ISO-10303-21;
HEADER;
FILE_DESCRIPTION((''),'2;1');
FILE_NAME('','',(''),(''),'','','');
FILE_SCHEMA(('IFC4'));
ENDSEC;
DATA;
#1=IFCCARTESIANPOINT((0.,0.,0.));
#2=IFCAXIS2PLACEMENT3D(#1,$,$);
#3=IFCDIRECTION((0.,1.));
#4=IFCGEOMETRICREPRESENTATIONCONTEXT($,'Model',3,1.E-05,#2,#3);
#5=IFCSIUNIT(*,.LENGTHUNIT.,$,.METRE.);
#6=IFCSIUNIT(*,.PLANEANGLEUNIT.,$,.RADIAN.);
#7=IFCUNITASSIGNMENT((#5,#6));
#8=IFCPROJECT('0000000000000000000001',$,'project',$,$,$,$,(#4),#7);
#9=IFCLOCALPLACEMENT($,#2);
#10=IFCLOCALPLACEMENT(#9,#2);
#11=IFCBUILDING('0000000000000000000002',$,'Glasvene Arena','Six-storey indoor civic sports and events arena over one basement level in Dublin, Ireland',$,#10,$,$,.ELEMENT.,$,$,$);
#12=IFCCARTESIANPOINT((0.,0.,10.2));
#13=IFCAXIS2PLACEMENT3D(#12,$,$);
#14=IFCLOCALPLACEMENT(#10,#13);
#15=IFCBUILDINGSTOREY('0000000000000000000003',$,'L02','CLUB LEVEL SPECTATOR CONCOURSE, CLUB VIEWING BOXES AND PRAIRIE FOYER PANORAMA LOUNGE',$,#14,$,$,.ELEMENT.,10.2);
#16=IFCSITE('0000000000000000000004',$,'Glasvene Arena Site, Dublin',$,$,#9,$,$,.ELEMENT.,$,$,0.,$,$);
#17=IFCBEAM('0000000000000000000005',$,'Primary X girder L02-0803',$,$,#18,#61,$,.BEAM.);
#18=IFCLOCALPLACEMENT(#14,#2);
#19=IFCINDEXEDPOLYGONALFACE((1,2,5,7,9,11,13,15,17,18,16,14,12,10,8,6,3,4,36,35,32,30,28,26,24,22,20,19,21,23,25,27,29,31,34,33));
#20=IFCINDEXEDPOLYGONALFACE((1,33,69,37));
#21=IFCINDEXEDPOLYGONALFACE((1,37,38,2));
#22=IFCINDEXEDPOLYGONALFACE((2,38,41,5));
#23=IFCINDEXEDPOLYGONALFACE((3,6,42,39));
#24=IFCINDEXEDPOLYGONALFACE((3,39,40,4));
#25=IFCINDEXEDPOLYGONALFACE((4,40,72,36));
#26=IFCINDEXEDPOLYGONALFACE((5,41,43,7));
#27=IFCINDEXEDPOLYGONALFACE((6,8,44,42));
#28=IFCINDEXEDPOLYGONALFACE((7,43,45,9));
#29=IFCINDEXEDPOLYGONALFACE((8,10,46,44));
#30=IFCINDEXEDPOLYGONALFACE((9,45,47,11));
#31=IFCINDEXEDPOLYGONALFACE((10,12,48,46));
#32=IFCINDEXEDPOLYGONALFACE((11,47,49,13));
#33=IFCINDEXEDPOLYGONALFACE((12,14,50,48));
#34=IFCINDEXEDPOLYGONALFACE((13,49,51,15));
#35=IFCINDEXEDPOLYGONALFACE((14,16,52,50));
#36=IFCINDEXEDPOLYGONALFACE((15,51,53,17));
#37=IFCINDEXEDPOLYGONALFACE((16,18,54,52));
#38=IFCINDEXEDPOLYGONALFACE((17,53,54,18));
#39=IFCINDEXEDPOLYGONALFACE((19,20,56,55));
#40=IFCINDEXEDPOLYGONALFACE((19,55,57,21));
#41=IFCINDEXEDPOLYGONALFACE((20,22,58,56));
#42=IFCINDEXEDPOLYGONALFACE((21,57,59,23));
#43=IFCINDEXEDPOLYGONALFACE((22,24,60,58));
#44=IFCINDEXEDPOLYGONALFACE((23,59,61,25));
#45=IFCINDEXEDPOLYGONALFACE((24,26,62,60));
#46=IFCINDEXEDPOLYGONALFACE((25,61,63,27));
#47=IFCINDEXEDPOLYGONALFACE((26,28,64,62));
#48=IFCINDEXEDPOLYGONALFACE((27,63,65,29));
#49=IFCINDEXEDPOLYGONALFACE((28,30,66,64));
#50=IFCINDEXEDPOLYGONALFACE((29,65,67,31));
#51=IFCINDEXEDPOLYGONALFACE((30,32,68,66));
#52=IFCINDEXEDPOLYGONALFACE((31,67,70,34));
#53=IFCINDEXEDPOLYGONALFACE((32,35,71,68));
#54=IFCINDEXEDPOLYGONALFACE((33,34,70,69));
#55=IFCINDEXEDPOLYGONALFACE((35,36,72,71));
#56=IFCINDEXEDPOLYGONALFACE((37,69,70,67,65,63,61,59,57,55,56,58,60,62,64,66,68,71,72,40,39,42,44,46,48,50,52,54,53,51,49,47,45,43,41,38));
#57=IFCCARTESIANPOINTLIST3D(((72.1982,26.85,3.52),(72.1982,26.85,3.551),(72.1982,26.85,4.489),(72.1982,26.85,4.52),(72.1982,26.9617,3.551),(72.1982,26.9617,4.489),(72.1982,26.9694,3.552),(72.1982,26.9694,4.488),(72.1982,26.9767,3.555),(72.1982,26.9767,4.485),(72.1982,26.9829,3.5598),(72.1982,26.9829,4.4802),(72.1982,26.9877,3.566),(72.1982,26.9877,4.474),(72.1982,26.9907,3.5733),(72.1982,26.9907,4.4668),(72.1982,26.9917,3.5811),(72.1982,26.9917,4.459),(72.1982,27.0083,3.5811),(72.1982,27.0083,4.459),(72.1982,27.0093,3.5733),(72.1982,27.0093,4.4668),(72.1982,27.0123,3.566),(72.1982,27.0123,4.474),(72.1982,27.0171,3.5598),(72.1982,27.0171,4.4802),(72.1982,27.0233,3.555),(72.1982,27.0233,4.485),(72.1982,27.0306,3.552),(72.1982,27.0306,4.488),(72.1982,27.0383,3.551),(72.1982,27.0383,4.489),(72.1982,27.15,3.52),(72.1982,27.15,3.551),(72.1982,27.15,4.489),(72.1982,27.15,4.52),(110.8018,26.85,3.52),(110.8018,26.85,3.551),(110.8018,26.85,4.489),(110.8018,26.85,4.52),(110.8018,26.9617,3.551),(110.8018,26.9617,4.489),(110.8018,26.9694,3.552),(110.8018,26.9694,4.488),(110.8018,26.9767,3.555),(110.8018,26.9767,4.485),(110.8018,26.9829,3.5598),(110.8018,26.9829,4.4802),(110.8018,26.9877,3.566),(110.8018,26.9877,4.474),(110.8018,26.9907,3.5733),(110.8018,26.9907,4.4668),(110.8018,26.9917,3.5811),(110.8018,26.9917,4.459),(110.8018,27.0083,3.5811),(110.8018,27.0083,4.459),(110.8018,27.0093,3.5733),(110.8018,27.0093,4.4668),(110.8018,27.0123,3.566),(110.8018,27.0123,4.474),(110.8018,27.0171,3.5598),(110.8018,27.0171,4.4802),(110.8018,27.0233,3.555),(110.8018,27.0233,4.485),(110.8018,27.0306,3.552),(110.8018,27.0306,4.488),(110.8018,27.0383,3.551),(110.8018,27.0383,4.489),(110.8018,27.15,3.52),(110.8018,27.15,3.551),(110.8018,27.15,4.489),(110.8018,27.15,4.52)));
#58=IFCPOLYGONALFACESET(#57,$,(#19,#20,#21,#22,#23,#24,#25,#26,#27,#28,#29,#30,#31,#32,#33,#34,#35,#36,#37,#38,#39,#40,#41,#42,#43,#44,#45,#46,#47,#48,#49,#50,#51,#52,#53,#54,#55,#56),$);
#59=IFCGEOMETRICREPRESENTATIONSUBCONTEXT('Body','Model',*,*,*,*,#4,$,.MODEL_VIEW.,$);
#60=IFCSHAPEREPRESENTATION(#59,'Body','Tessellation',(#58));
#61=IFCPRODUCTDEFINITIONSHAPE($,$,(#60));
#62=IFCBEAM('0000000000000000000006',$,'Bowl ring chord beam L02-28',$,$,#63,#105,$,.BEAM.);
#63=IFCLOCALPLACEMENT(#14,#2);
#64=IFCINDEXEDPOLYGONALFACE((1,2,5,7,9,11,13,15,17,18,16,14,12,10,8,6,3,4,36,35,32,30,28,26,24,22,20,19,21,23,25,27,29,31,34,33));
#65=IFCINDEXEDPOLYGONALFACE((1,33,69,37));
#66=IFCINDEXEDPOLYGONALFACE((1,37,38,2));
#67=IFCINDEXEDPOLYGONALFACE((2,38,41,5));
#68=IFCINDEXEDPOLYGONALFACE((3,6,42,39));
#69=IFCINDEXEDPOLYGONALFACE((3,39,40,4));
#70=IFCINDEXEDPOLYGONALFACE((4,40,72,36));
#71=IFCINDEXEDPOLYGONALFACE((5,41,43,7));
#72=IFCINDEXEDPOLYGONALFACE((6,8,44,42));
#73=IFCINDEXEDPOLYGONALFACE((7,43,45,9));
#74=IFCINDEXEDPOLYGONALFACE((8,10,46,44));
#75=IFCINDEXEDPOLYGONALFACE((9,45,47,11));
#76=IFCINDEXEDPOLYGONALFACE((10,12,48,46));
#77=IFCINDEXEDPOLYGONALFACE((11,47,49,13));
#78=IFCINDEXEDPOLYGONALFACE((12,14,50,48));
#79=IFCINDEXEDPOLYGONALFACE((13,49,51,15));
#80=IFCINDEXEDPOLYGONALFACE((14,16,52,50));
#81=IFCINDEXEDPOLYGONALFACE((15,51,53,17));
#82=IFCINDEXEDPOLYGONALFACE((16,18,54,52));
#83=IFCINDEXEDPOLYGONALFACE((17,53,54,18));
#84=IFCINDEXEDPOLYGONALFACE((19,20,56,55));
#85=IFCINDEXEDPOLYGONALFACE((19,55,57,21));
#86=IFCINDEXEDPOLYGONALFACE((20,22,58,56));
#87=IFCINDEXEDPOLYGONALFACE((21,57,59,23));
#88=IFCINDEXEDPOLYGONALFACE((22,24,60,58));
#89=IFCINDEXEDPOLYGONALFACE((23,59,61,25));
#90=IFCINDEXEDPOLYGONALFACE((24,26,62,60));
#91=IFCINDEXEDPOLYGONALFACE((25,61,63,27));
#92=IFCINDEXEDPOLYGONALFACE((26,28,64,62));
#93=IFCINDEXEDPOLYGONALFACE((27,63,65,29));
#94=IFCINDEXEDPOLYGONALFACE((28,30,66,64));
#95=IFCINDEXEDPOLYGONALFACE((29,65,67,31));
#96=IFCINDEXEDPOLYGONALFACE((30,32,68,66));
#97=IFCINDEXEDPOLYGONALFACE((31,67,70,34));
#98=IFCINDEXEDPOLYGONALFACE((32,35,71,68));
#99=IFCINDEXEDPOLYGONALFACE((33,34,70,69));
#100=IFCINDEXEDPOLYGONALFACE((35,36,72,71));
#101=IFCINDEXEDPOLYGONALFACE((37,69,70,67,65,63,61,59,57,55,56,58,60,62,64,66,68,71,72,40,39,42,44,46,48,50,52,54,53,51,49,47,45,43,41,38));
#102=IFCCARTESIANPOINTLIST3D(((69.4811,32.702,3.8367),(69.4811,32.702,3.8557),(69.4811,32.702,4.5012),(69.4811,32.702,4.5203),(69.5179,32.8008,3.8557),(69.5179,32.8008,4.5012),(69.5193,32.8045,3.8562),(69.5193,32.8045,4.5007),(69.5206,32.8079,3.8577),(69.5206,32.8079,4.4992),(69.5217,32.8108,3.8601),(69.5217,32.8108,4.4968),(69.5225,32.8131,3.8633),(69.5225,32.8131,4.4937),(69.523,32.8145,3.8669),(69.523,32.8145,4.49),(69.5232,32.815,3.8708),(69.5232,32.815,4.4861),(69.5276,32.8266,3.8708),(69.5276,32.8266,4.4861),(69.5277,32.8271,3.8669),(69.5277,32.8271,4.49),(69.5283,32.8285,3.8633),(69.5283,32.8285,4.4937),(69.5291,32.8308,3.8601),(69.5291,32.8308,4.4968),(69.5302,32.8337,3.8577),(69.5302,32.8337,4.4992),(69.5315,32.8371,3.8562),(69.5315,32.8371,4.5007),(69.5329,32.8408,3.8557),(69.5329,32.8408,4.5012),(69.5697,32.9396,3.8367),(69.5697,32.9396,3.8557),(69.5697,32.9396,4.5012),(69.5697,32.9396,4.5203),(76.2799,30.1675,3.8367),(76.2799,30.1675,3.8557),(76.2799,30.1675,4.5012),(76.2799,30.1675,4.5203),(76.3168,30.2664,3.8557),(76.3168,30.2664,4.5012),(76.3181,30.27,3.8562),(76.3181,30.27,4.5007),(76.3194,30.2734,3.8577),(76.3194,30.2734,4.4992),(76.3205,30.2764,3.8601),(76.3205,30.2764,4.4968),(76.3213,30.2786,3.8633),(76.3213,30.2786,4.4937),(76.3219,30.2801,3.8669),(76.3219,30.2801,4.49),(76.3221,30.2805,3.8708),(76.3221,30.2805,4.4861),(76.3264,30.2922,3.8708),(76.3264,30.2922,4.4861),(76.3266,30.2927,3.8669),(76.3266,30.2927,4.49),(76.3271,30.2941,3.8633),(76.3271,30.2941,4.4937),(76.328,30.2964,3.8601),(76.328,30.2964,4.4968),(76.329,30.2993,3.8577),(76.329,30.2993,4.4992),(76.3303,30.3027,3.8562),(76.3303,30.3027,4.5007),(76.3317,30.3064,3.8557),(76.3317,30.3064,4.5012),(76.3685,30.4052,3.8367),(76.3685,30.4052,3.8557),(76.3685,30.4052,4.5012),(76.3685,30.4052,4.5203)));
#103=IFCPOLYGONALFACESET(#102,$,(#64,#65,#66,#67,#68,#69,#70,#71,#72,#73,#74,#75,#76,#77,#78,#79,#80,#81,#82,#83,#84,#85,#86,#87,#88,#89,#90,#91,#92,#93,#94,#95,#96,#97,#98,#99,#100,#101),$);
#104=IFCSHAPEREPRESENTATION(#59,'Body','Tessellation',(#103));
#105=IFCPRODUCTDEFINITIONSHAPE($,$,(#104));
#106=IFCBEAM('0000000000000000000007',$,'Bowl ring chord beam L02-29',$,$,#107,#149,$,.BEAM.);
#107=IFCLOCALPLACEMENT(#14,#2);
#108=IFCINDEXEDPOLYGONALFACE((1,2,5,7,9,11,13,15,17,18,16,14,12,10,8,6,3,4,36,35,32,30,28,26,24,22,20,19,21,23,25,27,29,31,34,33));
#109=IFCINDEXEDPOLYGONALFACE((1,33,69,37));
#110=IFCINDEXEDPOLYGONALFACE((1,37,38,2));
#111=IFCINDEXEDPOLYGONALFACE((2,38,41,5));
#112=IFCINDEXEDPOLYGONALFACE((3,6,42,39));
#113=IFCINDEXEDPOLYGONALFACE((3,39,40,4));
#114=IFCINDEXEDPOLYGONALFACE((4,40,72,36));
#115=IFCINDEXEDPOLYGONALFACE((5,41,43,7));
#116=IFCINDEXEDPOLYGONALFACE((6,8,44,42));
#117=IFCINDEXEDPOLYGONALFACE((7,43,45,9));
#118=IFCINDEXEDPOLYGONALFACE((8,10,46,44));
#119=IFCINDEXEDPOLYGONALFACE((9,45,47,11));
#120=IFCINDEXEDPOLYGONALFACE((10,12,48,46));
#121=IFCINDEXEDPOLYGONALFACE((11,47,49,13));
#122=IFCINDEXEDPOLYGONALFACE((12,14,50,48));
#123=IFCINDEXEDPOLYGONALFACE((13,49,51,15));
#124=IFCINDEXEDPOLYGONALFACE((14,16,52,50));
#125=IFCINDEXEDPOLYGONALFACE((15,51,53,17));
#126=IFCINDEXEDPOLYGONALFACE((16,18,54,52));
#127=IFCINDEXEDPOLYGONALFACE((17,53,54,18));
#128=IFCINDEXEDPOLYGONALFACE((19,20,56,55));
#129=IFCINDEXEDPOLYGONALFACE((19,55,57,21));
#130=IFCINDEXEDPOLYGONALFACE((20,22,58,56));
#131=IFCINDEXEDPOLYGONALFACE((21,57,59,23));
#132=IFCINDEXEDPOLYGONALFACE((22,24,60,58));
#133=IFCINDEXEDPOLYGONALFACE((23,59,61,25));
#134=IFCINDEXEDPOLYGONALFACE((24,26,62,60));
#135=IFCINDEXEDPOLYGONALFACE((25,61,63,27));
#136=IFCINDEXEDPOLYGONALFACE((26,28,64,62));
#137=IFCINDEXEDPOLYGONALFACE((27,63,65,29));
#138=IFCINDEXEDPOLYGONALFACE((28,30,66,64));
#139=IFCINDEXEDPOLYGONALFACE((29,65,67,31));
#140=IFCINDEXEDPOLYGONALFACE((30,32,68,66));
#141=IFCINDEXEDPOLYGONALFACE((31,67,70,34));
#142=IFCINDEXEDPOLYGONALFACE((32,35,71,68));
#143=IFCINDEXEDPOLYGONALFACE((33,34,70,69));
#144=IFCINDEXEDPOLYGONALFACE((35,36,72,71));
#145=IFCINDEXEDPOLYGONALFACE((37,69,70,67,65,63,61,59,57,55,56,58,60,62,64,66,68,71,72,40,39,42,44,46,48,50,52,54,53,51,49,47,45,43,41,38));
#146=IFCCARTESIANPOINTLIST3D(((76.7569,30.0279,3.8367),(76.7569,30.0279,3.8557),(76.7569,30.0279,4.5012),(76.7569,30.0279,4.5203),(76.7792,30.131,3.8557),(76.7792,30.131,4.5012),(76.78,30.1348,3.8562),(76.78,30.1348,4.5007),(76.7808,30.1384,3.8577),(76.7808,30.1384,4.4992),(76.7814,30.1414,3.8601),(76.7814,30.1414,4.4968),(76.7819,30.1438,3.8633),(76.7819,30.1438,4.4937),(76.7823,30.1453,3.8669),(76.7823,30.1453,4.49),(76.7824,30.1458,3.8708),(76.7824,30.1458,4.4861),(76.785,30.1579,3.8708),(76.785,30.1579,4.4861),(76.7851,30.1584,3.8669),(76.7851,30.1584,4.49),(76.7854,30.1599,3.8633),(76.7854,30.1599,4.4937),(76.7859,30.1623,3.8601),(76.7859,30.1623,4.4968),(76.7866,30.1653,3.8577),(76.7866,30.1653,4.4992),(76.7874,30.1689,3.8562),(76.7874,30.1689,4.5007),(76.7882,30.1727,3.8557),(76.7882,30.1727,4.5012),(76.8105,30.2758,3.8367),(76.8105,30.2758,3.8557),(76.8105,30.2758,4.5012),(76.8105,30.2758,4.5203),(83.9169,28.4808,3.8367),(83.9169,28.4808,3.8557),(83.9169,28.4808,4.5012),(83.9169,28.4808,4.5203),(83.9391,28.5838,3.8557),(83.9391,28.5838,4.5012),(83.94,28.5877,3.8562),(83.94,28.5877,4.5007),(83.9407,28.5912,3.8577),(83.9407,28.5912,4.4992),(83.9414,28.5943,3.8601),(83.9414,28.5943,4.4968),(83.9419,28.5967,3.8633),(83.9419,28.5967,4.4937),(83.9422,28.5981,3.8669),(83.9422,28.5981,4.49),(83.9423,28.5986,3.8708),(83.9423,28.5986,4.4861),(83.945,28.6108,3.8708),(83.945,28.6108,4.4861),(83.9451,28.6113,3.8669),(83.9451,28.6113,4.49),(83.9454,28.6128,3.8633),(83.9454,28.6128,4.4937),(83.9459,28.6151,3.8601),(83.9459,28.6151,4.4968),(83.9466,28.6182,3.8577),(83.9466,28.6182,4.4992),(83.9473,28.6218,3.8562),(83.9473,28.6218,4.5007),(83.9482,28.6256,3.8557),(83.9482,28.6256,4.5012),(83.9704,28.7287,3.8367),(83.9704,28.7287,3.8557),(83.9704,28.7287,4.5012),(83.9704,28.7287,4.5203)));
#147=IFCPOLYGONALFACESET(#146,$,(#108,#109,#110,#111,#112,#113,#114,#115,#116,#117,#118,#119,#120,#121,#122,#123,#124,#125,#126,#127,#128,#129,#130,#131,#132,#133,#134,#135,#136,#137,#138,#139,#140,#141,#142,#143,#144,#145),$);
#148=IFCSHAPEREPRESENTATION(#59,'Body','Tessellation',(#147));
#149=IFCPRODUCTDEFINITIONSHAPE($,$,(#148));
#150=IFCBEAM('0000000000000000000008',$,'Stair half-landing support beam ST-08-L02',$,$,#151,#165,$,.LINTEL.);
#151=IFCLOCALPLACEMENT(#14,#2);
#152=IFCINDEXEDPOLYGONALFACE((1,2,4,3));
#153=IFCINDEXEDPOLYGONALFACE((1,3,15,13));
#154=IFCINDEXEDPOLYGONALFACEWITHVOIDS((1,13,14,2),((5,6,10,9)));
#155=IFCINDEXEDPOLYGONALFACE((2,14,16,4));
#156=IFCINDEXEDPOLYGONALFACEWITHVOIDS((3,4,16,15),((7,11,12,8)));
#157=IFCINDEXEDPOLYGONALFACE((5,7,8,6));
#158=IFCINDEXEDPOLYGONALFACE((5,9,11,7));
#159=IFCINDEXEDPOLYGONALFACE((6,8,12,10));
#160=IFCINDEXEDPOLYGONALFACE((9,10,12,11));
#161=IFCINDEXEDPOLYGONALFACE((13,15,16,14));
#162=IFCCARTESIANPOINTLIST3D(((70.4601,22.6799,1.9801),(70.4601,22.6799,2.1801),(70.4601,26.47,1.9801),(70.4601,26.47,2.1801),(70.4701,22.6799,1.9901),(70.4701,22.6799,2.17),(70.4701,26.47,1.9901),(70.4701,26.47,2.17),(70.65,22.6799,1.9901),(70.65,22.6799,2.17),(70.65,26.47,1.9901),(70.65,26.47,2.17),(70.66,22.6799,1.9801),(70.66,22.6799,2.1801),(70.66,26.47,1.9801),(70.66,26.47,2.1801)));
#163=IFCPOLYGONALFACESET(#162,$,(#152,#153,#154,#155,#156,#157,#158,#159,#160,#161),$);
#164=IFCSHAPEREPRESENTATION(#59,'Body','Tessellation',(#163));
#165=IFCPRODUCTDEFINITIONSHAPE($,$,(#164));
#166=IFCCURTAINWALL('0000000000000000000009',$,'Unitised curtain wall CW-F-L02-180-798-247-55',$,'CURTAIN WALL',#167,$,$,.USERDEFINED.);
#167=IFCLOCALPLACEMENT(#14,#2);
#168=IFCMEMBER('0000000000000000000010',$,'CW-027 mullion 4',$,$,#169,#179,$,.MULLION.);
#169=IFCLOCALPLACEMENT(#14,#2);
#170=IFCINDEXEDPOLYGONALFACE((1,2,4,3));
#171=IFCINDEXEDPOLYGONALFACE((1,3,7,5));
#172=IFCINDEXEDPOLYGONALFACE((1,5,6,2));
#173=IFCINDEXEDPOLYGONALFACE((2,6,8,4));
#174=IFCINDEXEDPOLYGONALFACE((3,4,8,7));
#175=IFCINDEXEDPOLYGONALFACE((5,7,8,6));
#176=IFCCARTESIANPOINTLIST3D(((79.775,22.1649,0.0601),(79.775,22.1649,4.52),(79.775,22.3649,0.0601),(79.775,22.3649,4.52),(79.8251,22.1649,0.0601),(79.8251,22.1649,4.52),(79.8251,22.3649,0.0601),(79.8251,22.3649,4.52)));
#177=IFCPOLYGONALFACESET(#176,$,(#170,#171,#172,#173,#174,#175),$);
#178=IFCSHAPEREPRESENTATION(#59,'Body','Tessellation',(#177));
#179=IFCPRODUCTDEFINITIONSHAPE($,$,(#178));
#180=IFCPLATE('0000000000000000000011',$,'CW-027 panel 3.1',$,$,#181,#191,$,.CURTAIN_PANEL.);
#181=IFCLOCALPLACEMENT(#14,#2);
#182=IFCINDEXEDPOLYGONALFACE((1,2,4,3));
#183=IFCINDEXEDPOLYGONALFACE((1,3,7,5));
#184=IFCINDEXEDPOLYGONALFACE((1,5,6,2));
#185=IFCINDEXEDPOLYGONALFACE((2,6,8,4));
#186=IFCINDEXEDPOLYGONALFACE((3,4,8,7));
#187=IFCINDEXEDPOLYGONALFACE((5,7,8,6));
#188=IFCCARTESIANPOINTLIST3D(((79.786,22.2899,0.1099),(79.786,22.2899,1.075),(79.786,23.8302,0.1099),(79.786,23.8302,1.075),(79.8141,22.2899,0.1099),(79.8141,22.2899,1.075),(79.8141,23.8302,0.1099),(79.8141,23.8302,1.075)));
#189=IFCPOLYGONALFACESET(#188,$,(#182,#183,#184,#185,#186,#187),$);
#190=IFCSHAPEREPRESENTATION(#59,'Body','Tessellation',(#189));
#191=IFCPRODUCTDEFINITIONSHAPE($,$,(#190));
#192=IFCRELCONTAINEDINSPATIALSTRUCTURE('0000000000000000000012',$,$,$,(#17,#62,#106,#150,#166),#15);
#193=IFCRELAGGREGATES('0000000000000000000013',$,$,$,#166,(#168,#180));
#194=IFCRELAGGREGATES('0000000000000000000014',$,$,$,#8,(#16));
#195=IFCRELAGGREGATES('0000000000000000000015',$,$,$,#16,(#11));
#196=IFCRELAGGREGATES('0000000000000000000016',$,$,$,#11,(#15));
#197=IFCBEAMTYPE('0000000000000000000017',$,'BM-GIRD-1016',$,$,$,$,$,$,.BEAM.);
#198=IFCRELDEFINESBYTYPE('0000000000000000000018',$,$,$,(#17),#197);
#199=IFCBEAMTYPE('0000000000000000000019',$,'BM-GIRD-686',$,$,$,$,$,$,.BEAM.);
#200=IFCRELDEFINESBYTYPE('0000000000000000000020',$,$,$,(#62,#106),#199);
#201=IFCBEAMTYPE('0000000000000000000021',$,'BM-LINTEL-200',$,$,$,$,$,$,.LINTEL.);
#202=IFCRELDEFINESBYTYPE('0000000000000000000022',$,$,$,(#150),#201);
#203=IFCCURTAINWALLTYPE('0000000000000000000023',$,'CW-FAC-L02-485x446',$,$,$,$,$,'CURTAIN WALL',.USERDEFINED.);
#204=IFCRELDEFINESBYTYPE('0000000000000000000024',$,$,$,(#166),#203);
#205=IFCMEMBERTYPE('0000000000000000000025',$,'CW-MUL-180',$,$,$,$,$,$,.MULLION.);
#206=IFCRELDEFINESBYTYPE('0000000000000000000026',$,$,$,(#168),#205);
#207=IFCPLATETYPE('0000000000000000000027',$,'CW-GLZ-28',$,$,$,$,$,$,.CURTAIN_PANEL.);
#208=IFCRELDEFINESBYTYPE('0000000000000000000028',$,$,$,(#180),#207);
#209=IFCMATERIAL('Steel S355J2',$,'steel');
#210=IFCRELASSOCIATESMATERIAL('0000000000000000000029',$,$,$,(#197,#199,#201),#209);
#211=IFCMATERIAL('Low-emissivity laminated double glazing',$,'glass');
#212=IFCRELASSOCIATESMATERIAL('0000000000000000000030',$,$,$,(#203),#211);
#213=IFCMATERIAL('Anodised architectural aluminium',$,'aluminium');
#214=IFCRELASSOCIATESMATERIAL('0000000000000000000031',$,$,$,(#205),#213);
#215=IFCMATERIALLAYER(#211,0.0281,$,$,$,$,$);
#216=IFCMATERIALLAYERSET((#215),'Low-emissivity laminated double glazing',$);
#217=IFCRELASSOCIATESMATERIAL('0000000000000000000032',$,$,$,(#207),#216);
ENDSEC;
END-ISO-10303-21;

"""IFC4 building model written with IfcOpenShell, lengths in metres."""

from ifc_helpers import new_model, si_unit, direction, frame, origin, origin_2d, place, context, subcontext, project, spatial, rectangle, hollow_rectangle, i_section, extrude, material, layer, layer_set, material_profile, profile_set, type_object, element, aggregate, save


model = new_model("IFC4")

# Units and contexts
model_context = context("Model", 3, precision=1e-05, world=origin(), true_north=direction((0.0, 1.0)))
body_context = subcontext(model_context, "Body", "Model", "MODEL_VIEW")
ifc_project = project(units=[si_unit("LENGTHUNIT", "METRE"), si_unit("PLANEANGLEUNIT", "RADIAN")], contexts=[model_context])

# Site, building, storey
site_placement = place(None, origin())
site = spatial("IfcSite", under=ifc_project, at=site_placement, Name="Glasvene Arena Site, Dublin", CompositionType="ELEMENT", RefElevation=0.0)
building_placement = place(site_placement, origin())
building = spatial("IfcBuilding", under=site, at=building_placement, Name="Glasvene Arena", Description="Six-storey indoor civic sports and events arena over one basement level in Dublin, Ireland", CompositionType="ELEMENT")
storey_placement = place(building_placement, frame((0.0, 0.0, 10.2)))
storey = spatial("IfcBuildingStorey", under=building, at=storey_placement, Name="L02", Description="CLUB LEVEL SPECTATOR CONCOURSE, CLUB VIEWING BOXES AND PRAIRIE FOYER PANORAMA LOUNGE", CompositionType="ELEMENT", Elevation=10.2)

# Shared definitions
ifc_material_1 = material(Name="Steel S355J2", Category="steel")

# Beams
ifc_material_profile_1 = material_profile(ifc_material_1, i_section(OverallWidth=0.3, OverallDepth=1.0, WebThickness=0.0166, FlangeThickness=0.031, FilletRadius=0.03, at=origin_2d()), Name="UKB 1016x305x272")
ifc_profile_set_1 = profile_set([ifc_material_profile_1], Name="Steel S355J2")
beam_type_1 = type_object("IfcBeamType", Name="BM-GIRD-1016", PredefinedType="BEAM", material=ifc_profile_set_1)
beam_1_placement = place(storey_placement, frame((72.1982, 27.0, 4.02), z_axis=(1.0, 0.0, 0.0), x_axis=(0.0, 1.0, 0.0)))
element("IfcBeam", 1, at=beam_1_placement, inside=storey, type_object=beam_type_1, Name="Primary X girder L02-0803", PredefinedType="BEAM", context=body_context, shape_type="SweptSolid", body=[
    extrude(i_section(OverallWidth=0.3, OverallDepth=1.0, WebThickness=0.0166, FlangeThickness=0.031, FilletRadius=0.03, at=origin_2d()), origin(), (0.0, 0.0, 1.0), 38.6035),
])
ifc_material_profile_2 = material_profile(ifc_material_1, i_section(OverallWidth=0.2537, OverallDepth=0.6836, WebThickness=0.0125, FlangeThickness=0.019, FilletRadius=0.0151, at=origin_2d()), Name="UKB 686x254x140")
ifc_profile_set_2 = profile_set([ifc_material_profile_2], Name="Steel S355J2")
beam_type_2 = type_object("IfcBeamType", Name="BM-GIRD-686", PredefinedType="BEAM", material=ifc_profile_set_2)
beam_2_placement = place(storey_placement, frame((69.5254, 32.8208, 4.1785), z_axis=(0.937013, -0.349294, 0.0), x_axis=(0.349294, 0.937013, 0.0)))
element("IfcBeam", 2, at=beam_2_placement, inside=storey, type_object=beam_type_2, Name="Bowl ring chord beam L02-28", PredefinedType="BEAM", context=body_context, shape_type="SweptSolid", body=[
    extrude(i_section(OverallWidth=0.2537, OverallDepth=0.6836, WebThickness=0.0125, FlangeThickness=0.019, FilletRadius=0.0151, at=origin_2d()), origin(), (0.0, 0.0, 1.0), 7.2559),
])
beam_3_placement = place(storey_placement, frame((76.7837, 30.1519, 4.1785), z_axis=(0.977442, -0.211206, 0.0), x_axis=(0.211206, 0.977442, 0.0)))
element("IfcBeam", 3, at=beam_3_placement, inside=storey, type_object=beam_type_2, Name="Bowl ring chord beam L02-29", PredefinedType="BEAM", context=body_context, shape_type="SweptSolid", body=[
    extrude(i_section(OverallWidth=0.2537, OverallDepth=0.6836, WebThickness=0.0125, FlangeThickness=0.019, FilletRadius=0.0151, at=origin_2d()), origin(), (0.0, 0.0, 1.0), 7.3252),
])
ifc_material_profile_3 = material_profile(ifc_material_1, hollow_rectangle(XDim=0.2, YDim=0.2, WallThickness=0.01, at=origin_2d()), Name="SHS 200x200x10.0")
ifc_profile_set_3 = profile_set([ifc_material_profile_3], Name="Steel S355J2")
beam_type_3 = type_object("IfcBeamType", Name="BM-LINTEL-200", PredefinedType="LINTEL", material=ifc_profile_set_3)
beam_4_placement = place(storey_placement, frame((70.5601, 22.6799, 2.0801), z_axis=(0.0, 1.0, 0.0), x_axis=(-1.0, 0.0, 0.0)))
element("IfcBeam", 4, at=beam_4_placement, inside=storey, type_object=beam_type_3, Name="Stair half-landing support beam ST-08-L02", PredefinedType="LINTEL", context=body_context, shape_type="SweptSolid", body=[
    extrude(hollow_rectangle(XDim=0.2, YDim=0.2, WallThickness=0.01, at=origin_2d()), origin(), (0.0, 0.0, 1.0), 3.79),
])

# Curtain wall, member, plate
ifc_material_2 = material(Name="Low-emissivity laminated double glazing", Category="glass")
curtain_wall_type = type_object("IfcCurtainWallType", Name="CW-FAC-L02-485x446", ElementType="CURTAIN WALL", PredefinedType="USERDEFINED", material=ifc_material_2)
curtain_wall_placement = place(storey_placement, frame((79.8, 27.0857, 0.0)))
curtain_wall = element("IfcCurtainWall", 5, at=curtain_wall_placement, inside=storey, type_object=curtain_wall_type, Name="Unitised curtain wall CW-F-L02-180-798-247-55", ObjectType="CURTAIN WALL", PredefinedType="USERDEFINED")
ifc_material_3 = material(Name="Anodised architectural aluminium", Category="aluminium")
ifc_material_profile_4 = material_profile(ifc_material_3, rectangle(XDim=0.05, YDim=0.2, at=origin_2d()), Name="ALU MULLION 50x200")
ifc_profile_set_4 = profile_set([ifc_material_profile_4], Name="Anodised architectural aluminium")
member_type = type_object("IfcMemberType", Name="CW-MUL-180", PredefinedType="MULLION", material=ifc_profile_set_4)
member_placement = place(storey_placement, frame((79.8, 22.2649, 0.0601), z_axis=(0.0, 0.0, 1.0), x_axis=(1.0, 0.0, 0.0)))
member = element("IfcMember", 6, at=member_placement, type_object=member_type, Name="CW-027 mullion 4", PredefinedType="MULLION", context=body_context, shape_type="SweptSolid", body=[
    extrude(rectangle(XDim=0.05, YDim=0.2, at=origin_2d()), origin(), (0.0, 0.0, 1.0), 4.46),
])
ifc_layer_1 = layer(ifc_material_2, 0.0281)
ifc_layer_set_1 = layer_set([ifc_layer_1], Name="Low-emissivity laminated double glazing")
plate_type = type_object("IfcPlateType", Name="CW-GLZ-28", PredefinedType="CURTAIN_PANEL", material=ifc_layer_set_1)
plate_1_placement = place(storey_placement, frame((79.8, 23.0601, 0.1099), z_axis=(0.0, 0.0, 1.0), x_axis=(0.0, -1.0, 0.0)))
plate_1 = element("IfcPlate", 7, at=plate_1_placement, type_object=plate_type, Name="CW-027 panel 3.1", PredefinedType="CURTAIN_PANEL", context=body_context, shape_type="SweptSolid", body=[
    extrude(rectangle(XDim=1.5403, YDim=0.0281, at=origin_2d()), origin(), (0.0, 0.0, 1.0), 0.9651),
])
aggregate(curtain_wall, [member, plate_1])

save(model, "model.ifc")
